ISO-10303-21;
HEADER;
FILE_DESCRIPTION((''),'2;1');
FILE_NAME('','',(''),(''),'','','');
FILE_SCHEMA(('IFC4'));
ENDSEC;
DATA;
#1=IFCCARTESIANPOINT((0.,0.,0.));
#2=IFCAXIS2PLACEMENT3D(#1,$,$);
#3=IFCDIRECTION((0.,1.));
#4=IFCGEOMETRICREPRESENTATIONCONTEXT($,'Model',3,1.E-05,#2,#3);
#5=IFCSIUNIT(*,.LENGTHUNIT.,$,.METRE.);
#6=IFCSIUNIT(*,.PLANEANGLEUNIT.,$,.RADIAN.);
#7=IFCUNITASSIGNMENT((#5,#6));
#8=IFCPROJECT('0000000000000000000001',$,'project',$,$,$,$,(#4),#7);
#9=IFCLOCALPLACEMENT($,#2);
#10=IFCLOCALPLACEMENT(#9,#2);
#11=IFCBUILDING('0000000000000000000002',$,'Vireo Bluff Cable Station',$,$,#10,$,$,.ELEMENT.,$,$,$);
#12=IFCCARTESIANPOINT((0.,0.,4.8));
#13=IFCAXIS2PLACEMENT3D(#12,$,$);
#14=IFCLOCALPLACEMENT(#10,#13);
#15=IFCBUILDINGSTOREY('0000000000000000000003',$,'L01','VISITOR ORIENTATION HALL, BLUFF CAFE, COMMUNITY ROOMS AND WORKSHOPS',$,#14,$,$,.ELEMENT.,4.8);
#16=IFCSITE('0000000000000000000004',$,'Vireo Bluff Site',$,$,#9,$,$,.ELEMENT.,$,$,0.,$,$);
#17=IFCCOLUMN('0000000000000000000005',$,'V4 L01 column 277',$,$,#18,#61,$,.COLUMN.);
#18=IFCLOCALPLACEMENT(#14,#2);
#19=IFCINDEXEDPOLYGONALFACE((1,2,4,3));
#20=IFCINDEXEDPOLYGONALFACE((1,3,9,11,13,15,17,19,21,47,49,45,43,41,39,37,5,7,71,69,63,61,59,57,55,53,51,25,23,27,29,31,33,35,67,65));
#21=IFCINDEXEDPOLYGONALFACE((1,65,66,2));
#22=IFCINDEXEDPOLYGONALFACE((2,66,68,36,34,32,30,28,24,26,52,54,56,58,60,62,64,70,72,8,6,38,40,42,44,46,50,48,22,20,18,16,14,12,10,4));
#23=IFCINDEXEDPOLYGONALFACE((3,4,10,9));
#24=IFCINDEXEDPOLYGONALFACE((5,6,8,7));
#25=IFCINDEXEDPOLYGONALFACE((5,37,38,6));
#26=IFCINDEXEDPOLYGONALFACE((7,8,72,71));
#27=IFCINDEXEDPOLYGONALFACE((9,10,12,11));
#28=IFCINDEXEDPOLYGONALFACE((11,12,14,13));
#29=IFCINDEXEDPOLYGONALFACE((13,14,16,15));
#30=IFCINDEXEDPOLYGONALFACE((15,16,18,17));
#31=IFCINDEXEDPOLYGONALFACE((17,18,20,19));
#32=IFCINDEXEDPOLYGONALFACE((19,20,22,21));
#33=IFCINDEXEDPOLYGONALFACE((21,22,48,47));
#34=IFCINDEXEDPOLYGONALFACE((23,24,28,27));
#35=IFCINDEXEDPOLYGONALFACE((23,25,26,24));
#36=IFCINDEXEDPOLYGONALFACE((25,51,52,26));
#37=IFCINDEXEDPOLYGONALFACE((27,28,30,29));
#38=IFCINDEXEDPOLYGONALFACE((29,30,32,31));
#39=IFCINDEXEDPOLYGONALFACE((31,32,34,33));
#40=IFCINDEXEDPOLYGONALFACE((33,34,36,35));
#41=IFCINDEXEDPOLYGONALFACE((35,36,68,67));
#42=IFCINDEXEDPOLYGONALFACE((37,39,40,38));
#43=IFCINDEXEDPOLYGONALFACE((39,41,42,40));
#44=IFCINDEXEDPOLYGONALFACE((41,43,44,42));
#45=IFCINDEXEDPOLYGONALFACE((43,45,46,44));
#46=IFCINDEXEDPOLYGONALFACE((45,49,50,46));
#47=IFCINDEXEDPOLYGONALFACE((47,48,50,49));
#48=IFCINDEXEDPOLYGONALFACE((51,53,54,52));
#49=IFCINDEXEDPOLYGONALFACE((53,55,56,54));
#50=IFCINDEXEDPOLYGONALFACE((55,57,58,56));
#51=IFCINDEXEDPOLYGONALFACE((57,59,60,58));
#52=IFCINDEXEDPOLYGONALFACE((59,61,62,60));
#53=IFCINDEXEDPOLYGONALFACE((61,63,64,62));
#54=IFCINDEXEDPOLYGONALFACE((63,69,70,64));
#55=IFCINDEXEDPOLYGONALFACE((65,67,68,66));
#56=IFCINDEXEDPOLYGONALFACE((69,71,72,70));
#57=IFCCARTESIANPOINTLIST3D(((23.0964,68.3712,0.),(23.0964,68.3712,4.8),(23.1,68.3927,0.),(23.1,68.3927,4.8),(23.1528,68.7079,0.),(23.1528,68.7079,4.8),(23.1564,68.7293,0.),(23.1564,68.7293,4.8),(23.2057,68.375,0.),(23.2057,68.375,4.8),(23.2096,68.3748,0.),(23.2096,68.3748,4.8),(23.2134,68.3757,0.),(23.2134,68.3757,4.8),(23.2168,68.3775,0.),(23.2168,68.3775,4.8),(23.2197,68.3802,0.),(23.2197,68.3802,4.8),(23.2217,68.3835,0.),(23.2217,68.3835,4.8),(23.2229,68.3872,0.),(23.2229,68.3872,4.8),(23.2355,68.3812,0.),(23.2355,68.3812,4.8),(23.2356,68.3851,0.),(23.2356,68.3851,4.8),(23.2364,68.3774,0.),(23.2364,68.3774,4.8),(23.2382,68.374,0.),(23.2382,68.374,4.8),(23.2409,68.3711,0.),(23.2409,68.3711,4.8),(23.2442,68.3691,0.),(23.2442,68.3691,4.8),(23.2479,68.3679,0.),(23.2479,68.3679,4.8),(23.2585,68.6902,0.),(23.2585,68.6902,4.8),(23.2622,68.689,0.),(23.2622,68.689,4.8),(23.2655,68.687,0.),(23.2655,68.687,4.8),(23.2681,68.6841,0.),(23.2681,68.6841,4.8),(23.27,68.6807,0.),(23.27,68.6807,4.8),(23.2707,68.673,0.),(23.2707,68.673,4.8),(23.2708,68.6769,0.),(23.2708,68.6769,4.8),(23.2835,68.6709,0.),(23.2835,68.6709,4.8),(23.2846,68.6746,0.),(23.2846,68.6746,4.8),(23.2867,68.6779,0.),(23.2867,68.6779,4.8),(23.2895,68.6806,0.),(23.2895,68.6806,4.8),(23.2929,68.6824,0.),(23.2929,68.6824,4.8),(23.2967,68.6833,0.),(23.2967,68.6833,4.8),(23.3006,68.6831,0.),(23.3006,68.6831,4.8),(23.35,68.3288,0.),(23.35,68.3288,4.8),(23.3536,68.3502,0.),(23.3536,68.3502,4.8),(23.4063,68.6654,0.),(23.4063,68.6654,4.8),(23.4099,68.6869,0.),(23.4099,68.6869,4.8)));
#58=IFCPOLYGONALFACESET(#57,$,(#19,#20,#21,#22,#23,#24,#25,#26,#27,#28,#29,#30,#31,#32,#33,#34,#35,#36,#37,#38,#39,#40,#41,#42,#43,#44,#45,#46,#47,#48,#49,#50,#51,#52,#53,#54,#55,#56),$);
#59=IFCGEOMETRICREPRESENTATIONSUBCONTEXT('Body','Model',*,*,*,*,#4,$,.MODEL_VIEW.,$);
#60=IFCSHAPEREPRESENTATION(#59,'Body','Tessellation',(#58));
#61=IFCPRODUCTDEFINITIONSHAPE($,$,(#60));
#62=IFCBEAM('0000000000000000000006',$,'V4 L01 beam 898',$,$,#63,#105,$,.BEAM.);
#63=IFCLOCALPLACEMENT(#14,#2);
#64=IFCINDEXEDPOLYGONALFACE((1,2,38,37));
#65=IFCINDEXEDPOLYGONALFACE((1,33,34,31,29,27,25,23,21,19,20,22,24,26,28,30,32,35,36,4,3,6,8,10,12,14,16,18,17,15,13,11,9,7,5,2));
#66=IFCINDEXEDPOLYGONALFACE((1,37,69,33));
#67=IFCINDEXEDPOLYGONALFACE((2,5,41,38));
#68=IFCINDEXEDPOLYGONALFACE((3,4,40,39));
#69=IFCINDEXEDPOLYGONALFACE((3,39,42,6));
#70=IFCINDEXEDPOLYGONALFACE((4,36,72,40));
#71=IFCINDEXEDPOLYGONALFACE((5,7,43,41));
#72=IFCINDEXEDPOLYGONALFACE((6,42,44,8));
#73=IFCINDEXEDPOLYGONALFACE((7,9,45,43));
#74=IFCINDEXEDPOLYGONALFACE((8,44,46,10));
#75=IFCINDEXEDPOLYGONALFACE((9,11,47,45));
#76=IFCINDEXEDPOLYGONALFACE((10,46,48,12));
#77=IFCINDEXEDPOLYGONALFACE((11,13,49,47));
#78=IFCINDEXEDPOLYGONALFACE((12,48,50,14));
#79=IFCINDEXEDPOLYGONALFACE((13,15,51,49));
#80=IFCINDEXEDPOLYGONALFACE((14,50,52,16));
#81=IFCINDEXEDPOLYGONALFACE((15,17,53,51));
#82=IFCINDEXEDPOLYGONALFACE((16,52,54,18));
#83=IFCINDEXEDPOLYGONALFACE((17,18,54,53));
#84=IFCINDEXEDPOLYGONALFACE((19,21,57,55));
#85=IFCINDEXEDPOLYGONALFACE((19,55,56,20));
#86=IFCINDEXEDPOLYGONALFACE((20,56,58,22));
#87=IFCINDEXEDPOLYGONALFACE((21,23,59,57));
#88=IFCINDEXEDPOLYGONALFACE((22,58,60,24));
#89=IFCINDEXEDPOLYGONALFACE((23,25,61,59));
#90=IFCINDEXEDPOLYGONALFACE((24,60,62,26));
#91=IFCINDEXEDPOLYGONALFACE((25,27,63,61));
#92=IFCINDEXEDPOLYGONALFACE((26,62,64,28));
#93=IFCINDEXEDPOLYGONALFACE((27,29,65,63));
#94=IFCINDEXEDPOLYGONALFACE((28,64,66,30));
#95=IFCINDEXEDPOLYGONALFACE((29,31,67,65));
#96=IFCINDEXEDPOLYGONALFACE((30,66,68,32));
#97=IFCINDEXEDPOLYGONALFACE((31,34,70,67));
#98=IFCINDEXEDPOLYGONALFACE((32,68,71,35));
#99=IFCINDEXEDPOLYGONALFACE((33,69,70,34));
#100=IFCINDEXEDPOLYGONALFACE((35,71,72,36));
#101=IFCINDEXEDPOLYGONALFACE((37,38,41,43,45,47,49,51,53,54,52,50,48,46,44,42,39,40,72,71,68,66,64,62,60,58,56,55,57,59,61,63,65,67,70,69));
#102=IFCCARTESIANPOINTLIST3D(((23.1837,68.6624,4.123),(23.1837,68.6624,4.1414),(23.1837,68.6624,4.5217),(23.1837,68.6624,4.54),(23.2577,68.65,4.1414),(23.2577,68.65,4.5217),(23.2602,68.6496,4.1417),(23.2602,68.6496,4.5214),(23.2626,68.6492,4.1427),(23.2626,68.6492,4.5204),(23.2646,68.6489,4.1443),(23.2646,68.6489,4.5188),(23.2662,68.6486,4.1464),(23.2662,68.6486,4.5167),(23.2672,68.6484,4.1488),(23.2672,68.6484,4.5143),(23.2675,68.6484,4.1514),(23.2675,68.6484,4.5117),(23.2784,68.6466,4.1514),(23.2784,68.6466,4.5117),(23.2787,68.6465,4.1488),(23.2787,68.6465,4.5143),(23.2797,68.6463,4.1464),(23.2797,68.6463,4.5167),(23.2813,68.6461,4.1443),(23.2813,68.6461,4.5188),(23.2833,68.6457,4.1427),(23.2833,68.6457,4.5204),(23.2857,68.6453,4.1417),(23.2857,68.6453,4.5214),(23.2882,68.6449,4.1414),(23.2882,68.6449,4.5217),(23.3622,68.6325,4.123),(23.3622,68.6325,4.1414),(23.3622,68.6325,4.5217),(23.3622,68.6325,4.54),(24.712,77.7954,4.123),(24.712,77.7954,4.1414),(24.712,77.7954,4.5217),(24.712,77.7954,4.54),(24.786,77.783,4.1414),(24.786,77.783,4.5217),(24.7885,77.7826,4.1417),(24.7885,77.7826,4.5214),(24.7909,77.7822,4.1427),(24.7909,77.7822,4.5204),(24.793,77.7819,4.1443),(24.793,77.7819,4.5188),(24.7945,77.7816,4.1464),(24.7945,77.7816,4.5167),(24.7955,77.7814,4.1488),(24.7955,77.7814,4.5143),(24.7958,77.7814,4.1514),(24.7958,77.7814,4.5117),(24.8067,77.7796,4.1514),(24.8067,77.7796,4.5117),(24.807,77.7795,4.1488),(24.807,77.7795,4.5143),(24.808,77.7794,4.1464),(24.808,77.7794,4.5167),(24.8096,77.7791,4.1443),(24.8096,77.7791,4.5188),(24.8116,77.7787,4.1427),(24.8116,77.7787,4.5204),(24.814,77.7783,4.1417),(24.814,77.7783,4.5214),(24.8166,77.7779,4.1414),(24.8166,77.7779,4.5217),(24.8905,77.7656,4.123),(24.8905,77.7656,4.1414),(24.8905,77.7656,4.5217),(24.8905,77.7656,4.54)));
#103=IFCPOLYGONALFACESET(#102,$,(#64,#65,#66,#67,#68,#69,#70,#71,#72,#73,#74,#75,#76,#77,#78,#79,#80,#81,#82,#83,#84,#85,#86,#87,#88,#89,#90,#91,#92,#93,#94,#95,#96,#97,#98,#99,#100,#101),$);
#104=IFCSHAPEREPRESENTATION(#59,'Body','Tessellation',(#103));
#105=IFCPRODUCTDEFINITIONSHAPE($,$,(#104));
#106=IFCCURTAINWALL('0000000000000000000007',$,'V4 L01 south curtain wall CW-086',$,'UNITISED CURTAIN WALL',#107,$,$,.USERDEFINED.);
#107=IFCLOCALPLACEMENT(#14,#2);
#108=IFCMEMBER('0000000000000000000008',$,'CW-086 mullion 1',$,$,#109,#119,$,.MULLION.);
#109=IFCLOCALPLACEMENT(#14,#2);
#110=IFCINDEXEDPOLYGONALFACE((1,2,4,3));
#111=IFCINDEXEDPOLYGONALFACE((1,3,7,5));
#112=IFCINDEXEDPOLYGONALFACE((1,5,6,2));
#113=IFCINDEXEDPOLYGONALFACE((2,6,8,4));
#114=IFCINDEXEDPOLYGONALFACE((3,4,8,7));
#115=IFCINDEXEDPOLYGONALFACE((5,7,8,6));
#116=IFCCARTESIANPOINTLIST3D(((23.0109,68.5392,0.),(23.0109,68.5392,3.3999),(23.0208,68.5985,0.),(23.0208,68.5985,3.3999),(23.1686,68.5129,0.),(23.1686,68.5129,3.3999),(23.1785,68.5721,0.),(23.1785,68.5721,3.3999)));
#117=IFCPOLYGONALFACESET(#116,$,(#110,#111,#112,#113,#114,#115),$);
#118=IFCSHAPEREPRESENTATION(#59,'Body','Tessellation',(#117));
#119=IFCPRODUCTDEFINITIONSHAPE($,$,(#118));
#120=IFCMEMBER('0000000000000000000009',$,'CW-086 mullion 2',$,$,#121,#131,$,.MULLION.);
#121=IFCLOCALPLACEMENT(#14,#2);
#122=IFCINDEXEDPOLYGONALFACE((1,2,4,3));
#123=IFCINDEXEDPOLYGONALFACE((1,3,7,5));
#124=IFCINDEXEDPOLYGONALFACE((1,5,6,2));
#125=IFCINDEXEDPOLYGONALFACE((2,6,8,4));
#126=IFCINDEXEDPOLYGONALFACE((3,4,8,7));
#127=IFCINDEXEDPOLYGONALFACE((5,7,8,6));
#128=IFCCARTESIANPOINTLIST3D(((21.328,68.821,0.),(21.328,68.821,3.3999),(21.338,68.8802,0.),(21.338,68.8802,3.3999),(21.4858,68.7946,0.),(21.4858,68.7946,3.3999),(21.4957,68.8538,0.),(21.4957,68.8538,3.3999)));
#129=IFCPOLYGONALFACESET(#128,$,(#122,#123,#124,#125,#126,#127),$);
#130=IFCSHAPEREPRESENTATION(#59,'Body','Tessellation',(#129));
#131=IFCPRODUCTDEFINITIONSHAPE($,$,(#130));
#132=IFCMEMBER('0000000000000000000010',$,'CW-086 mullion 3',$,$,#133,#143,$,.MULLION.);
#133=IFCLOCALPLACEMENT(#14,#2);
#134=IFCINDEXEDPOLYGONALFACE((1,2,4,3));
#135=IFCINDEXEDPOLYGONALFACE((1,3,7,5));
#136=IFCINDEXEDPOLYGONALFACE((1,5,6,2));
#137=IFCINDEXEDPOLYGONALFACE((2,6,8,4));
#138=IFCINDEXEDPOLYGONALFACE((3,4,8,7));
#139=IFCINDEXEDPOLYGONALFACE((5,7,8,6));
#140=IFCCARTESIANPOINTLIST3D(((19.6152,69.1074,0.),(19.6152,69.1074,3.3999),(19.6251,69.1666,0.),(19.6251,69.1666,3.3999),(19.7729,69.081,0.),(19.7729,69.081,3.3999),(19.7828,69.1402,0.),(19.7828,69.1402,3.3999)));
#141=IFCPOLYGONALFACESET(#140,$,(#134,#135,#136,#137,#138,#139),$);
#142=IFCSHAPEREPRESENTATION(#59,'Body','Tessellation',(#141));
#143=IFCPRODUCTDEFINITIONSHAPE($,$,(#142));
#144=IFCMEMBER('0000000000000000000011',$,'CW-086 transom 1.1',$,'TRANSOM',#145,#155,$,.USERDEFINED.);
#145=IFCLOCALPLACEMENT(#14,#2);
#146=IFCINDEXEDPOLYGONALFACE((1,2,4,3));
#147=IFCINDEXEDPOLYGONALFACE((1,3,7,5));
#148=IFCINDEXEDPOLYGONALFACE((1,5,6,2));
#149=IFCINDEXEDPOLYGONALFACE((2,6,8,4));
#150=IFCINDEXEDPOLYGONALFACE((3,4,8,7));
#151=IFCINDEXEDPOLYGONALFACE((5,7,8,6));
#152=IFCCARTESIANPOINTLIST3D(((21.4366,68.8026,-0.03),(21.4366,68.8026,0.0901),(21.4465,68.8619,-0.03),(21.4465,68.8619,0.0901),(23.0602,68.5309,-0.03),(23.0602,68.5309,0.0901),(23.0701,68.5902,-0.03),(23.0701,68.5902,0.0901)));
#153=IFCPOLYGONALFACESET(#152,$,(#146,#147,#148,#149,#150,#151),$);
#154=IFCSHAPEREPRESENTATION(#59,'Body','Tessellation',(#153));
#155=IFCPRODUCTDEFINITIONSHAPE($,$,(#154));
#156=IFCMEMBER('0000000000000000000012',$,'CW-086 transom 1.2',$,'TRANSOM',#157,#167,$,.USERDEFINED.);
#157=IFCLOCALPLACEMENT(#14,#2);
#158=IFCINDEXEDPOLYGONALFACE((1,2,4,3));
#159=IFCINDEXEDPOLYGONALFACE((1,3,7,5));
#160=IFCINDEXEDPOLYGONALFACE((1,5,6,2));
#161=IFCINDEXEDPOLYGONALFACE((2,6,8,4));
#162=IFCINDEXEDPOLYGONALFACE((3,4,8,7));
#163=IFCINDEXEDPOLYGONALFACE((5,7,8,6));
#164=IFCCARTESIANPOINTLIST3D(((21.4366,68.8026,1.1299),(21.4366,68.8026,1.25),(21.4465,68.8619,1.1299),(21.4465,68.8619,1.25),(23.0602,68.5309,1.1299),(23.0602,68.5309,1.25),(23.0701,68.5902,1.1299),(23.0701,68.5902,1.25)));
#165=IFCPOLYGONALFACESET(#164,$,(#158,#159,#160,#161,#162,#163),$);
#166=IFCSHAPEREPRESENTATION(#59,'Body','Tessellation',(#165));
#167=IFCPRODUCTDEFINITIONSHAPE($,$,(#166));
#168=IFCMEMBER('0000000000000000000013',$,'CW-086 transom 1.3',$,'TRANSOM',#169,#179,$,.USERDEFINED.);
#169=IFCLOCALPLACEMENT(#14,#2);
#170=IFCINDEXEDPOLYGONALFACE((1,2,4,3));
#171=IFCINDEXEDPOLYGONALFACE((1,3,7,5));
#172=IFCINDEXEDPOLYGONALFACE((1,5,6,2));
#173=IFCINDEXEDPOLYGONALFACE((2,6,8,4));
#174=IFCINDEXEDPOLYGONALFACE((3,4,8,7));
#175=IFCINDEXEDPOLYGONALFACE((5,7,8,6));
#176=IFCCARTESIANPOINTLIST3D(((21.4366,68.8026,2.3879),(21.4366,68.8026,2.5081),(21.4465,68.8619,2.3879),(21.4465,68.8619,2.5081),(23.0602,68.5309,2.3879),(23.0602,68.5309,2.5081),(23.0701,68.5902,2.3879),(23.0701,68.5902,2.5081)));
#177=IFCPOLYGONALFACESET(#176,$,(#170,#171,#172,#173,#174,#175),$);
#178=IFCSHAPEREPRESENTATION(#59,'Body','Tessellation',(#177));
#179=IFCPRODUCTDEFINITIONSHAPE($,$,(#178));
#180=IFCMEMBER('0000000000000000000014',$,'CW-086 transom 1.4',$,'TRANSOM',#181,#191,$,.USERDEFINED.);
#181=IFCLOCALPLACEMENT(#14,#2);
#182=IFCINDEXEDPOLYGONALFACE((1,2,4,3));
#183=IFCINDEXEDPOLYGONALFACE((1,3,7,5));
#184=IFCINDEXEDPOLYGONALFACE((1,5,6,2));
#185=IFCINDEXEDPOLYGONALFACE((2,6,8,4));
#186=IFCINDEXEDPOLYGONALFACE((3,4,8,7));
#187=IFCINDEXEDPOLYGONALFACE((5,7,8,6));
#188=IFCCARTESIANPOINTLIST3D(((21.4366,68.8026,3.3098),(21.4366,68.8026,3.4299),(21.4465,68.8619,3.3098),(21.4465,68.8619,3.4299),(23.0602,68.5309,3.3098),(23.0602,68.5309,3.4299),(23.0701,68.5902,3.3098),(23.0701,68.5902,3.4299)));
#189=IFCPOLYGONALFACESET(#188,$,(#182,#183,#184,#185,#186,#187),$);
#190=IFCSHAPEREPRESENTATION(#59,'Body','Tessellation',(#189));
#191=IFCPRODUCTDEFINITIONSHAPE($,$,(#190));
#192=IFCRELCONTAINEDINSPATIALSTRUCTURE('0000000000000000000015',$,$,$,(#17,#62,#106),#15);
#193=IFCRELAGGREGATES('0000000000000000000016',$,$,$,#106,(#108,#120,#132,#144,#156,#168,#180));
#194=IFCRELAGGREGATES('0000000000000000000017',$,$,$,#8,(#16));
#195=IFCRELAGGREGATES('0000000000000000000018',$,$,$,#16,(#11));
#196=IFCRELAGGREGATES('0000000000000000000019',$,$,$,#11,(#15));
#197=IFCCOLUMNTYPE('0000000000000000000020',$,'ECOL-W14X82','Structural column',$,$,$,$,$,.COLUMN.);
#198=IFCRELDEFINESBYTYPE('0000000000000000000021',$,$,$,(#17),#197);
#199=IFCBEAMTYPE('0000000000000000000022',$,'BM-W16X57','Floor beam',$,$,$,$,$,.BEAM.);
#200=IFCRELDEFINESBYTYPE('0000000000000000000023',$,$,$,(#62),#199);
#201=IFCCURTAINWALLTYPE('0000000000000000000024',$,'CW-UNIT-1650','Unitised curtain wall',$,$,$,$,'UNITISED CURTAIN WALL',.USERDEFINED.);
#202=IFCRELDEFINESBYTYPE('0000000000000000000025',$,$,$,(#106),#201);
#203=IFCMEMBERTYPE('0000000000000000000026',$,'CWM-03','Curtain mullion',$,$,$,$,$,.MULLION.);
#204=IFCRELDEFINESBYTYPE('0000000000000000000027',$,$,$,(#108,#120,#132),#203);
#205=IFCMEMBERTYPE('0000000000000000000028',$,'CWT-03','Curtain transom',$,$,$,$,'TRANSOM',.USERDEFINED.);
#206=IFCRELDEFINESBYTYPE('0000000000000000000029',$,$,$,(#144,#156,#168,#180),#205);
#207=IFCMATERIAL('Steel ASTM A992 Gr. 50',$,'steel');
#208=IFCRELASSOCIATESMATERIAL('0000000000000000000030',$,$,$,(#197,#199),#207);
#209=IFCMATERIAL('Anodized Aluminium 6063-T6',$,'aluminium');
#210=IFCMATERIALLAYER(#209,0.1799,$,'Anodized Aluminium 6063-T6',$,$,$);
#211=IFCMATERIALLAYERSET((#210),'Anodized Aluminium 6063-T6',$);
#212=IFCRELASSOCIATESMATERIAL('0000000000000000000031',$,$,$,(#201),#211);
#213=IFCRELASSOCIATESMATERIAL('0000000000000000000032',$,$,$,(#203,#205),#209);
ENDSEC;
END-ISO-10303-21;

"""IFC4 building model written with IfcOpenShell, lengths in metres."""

from ifc_helpers import new_model, si_unit, direction, frame, origin, origin_2d, place, context, subcontext, project, spatial, rectangle, i_section, extrude, material, layer, layer_set, material_profile, profile_set, type_object, element, aggregate, save


model = new_model("IFC4")

# Units and contexts
model_context = context("Model", 3, precision=1e-05, world=origin(), true_north=direction((0.0, 1.0)))
body_context = subcontext(model_context, "Body", "Model", "MODEL_VIEW")
ifc_project = project(units=[si_unit("LENGTHUNIT", "METRE"), si_unit("PLANEANGLEUNIT", "RADIAN")], contexts=[model_context])

# Site, building, storey
site_placement = place(None, origin())
site = spatial("IfcSite", under=ifc_project, at=site_placement, Name="Vireo Bluff Site", CompositionType="ELEMENT", RefElevation=0.0)
building_placement = place(site_placement, origin())
building = spatial("IfcBuilding", under=site, at=building_placement, Name="Vireo Bluff Cable Station", CompositionType="ELEMENT")
storey_placement = place(building_placement, frame((0.0, 0.0, 4.8)))
storey = spatial("IfcBuildingStorey", under=building, at=storey_placement, Name="L01", Description="VISITOR ORIENTATION HALL, BLUFF CAFE, COMMUNITY ROOMS AND WORKSHOPS", CompositionType="ELEMENT", Elevation=4.8)

# Column
ifc_material_1 = material(Name="Steel ASTM A992 Gr. 50", Category="steel")
ifc_material_profile_1 = material_profile(ifc_material_1, i_section(OverallWidth=0.2571, OverallDepth=0.363, WebThickness=0.0129, FlangeThickness=0.0217, FilletRadius=0.0149, at=origin_2d()), Name="W14X82")
ifc_profile_set_1 = profile_set([ifc_material_profile_1], Name="Steel ASTM A992 Gr. 50")
column_type = type_object("IfcColumnType", Name="ECOL-W14X82", Description="Structural column", PredefinedType="COLUMN", material=ifc_profile_set_1)
column_placement = place(storey_placement, frame((23.2532, 68.5291, 0.0), z_axis=(0.0, 0.0, 1.0), x_axis=(0.986286, -0.165048, 0.0)))
element("IfcColumn", 1, at=column_placement, inside=storey, type_object=column_type, Name="V4 L01 column 277", PredefinedType="COLUMN", context=body_context, shape_type="SweptSolid", body=[
    extrude(i_section(OverallWidth=0.2571, OverallDepth=0.363, WebThickness=0.0129, FlangeThickness=0.0217, FilletRadius=0.0149, at=origin_2d()), origin(), (0.0, 0.0, 1.0), 4.8),
])

# Beam
ifc_material_profile_2 = material_profile(ifc_material_1, i_section(OverallWidth=0.1809, OverallDepth=0.417, WebThickness=0.011, FlangeThickness=0.0183, FilletRadius=0.01, at=origin_2d()), Name="W16X57")
ifc_profile_set_2 = profile_set([ifc_material_profile_2], Name="Steel ASTM A992 Gr. 50")
beam_type_1 = type_object("IfcBeamType", Name="BM-W16X57", Description="Floor beam", PredefinedType="BEAM", material=ifc_profile_set_2)
beam_1_placement = place(storey_placement, frame((23.2729, 68.6475, 4.3315), z_axis=(0.165045, 0.986286, 0.0), x_axis=(-0.986286, 0.165045, 0.0)))
element("IfcBeam", 2, at=beam_1_placement, inside=storey, type_object=beam_type_1, Name="V4 L01 beam 898", PredefinedType="BEAM", context=body_context, shape_type="SweptSolid", body=[
    extrude(i_section(OverallWidth=0.1809, OverallDepth=0.417, WebThickness=0.011, FlangeThickness=0.0183, FilletRadius=0.01, at=origin_2d()), origin(), (0.0, 0.0, 1.0), 9.26),
])

# Curtain wall, members
ifc_material_2 = material(Name="Anodized Aluminium 6063-T6", Category="aluminium")
ifc_layer_1 = layer(ifc_material_2, 0.1799, Name="Anodized Aluminium 6063-T6")
ifc_layer_set_1 = layer_set([ifc_layer_1], Name="Anodized Aluminium 6063-T6")
curtain_wall_type = type_object("IfcCurtainWallType", Name="CW-UNIT-1650", Description="Unitised curtain wall", ElementType="UNITISED CURTAIN WALL", PredefinedType="USERDEFINED", material=ifc_layer_set_1)
curtain_wall_placement = place(storey_placement, origin())
curtain_wall = element("IfcCurtainWall", 3, at=curtain_wall_placement, inside=storey, type_object=curtain_wall_type, Name="V4 L01 south curtain wall CW-086", ObjectType="UNITISED CURTAIN WALL", PredefinedType="USERDEFINED")
ifc_material_profile_3 = material_profile(ifc_material_2, rectangle(XDim=0.0601, YDim=0.1599, at=origin_2d()), Name="ALU-M-60X160")
ifc_profile_set_3 = profile_set([ifc_material_profile_3], Name="Anodized Aluminium 6063-T6")
member_type_1 = type_object("IfcMemberType", Name="CWM-03", Description="Curtain mullion", PredefinedType="MULLION", material=ifc_profile_set_3)
member_1_placement = place(storey_placement, frame((23.0947, 68.5557, 0.0), z_axis=(0.0, 0.0, 1.0), x_axis=(-0.165048, -0.986286, 0.0)))
member_1 = element("IfcMember", 4, at=member_1_placement, type_object=member_type_1, Name="CW-086 mullion 1", PredefinedType="MULLION", context=body_context, shape_type="SweptSolid", body=[
    extrude(rectangle(XDim=0.0601, YDim=0.1599, at=origin_2d()), origin(), (0.0, 0.0, 1.0), 3.3999),
])
member_2_placement = place(storey_placement, frame((21.4119, 68.8374, 0.0), z_axis=(0.0, 0.0, 1.0), x_axis=(-0.165048, -0.986286, 0.0)))
member_2 = element("IfcMember", 5, at=member_2_placement, type_object=member_type_1, Name="CW-086 mullion 2", PredefinedType="MULLION", context=body_context, shape_type="SweptSolid", body=[
    extrude(rectangle(XDim=0.0601, YDim=0.1599, at=origin_2d()), origin(), (0.0, 0.0, 1.0), 3.3999),
])
member_3_placement = place(storey_placement, frame((19.699, 69.1238, 0.0), z_axis=(0.0, 0.0, 1.0), x_axis=(-0.165048, -0.986286, 0.0)))
member_3 = element("IfcMember", 6, at=member_3_placement, type_object=member_type_1, Name="CW-086 mullion 3", PredefinedType="MULLION", context=body_context, shape_type="SweptSolid", body=[
    extrude(rectangle(XDim=0.0601, YDim=0.1599, at=origin_2d()), origin(), (0.0, 0.0, 1.0), 3.3999),
])
ifc_material_profile_4 = material_profile(ifc_material_2, rectangle(XDim=0.0601, YDim=0.1201, at=origin_2d()), Name="ALU-T-60X120")
ifc_profile_set_4 = profile_set([ifc_material_profile_4], Name="Anodized Aluminium 6063-T6")
member_type_2 = type_object("IfcMemberType", Name="CWT-03", Description="Curtain transom", ElementType="TRANSOM", PredefinedType="USERDEFINED", material=ifc_profile_set_4)
member_4_placement = place(storey_placement, frame((23.0652, 68.5605, 0.03), z_axis=(-0.986285, 0.165048, 0.0), x_axis=(-0.165048, -0.986285, 0.0)))
member_4 = element("IfcMember", 7, at=member_4_placement, type_object=member_type_2, Name="CW-086 transom 1.1", ObjectType="TRANSOM", PredefinedType="USERDEFINED", context=body_context, shape_type="SweptSolid", body=[
    extrude(rectangle(XDim=0.0601, YDim=0.1201, at=origin_2d()), origin(), (0.0, 0.0, 1.0), 1.6462),
])
member_5_placement = place(storey_placement, frame((23.0652, 68.5605, 1.1899), z_axis=(-0.986285, 0.165048, 0.0), x_axis=(-0.165048, -0.986285, 0.0)))
member_5 = element("IfcMember", 8, at=member_5_placement, type_object=member_type_2, Name="CW-086 transom 1.2", ObjectType="TRANSOM", PredefinedType="USERDEFINED", context=body_context, shape_type="SweptSolid", body=[
    extrude(rectangle(XDim=0.0601, YDim=0.1201, at=origin_2d()), origin(), (0.0, 0.0, 1.0), 1.6462),
])
member_6_placement = place(storey_placement, frame((23.0652, 68.5605, 2.448), z_axis=(-0.986285, 0.165048, 0.0), x_axis=(-0.165048, -0.986285, 0.0)))
member_6 = element("IfcMember", 9, at=member_6_placement, type_object=member_type_2, Name="CW-086 transom 1.3", ObjectType="TRANSOM", PredefinedType="USERDEFINED", context=body_context, shape_type="SweptSolid", body=[
    extrude(rectangle(XDim=0.0601, YDim=0.1201, at=origin_2d()), origin(), (0.0, 0.0, 1.0), 1.6462),
])
member_7_placement = place(storey_placement, frame((23.0652, 68.5605, 3.3699), z_axis=(-0.986285, 0.165048, 0.0), x_axis=(-0.165048, -0.986285, 0.0)))
member_7 = element("IfcMember", 10, at=member_7_placement, type_object=member_type_2, Name="CW-086 transom 1.4", ObjectType="TRANSOM", PredefinedType="USERDEFINED", context=body_context, shape_type="SweptSolid", body=[
    extrude(rectangle(XDim=0.0601, YDim=0.1201, at=origin_2d()), origin(), (0.0, 0.0, 1.0), 1.6462),
])

aggregate(curtain_wall, [member_1, member_2, member_3, member_4, member_5, member_6, member_7])

save(model, "model.ifc")
